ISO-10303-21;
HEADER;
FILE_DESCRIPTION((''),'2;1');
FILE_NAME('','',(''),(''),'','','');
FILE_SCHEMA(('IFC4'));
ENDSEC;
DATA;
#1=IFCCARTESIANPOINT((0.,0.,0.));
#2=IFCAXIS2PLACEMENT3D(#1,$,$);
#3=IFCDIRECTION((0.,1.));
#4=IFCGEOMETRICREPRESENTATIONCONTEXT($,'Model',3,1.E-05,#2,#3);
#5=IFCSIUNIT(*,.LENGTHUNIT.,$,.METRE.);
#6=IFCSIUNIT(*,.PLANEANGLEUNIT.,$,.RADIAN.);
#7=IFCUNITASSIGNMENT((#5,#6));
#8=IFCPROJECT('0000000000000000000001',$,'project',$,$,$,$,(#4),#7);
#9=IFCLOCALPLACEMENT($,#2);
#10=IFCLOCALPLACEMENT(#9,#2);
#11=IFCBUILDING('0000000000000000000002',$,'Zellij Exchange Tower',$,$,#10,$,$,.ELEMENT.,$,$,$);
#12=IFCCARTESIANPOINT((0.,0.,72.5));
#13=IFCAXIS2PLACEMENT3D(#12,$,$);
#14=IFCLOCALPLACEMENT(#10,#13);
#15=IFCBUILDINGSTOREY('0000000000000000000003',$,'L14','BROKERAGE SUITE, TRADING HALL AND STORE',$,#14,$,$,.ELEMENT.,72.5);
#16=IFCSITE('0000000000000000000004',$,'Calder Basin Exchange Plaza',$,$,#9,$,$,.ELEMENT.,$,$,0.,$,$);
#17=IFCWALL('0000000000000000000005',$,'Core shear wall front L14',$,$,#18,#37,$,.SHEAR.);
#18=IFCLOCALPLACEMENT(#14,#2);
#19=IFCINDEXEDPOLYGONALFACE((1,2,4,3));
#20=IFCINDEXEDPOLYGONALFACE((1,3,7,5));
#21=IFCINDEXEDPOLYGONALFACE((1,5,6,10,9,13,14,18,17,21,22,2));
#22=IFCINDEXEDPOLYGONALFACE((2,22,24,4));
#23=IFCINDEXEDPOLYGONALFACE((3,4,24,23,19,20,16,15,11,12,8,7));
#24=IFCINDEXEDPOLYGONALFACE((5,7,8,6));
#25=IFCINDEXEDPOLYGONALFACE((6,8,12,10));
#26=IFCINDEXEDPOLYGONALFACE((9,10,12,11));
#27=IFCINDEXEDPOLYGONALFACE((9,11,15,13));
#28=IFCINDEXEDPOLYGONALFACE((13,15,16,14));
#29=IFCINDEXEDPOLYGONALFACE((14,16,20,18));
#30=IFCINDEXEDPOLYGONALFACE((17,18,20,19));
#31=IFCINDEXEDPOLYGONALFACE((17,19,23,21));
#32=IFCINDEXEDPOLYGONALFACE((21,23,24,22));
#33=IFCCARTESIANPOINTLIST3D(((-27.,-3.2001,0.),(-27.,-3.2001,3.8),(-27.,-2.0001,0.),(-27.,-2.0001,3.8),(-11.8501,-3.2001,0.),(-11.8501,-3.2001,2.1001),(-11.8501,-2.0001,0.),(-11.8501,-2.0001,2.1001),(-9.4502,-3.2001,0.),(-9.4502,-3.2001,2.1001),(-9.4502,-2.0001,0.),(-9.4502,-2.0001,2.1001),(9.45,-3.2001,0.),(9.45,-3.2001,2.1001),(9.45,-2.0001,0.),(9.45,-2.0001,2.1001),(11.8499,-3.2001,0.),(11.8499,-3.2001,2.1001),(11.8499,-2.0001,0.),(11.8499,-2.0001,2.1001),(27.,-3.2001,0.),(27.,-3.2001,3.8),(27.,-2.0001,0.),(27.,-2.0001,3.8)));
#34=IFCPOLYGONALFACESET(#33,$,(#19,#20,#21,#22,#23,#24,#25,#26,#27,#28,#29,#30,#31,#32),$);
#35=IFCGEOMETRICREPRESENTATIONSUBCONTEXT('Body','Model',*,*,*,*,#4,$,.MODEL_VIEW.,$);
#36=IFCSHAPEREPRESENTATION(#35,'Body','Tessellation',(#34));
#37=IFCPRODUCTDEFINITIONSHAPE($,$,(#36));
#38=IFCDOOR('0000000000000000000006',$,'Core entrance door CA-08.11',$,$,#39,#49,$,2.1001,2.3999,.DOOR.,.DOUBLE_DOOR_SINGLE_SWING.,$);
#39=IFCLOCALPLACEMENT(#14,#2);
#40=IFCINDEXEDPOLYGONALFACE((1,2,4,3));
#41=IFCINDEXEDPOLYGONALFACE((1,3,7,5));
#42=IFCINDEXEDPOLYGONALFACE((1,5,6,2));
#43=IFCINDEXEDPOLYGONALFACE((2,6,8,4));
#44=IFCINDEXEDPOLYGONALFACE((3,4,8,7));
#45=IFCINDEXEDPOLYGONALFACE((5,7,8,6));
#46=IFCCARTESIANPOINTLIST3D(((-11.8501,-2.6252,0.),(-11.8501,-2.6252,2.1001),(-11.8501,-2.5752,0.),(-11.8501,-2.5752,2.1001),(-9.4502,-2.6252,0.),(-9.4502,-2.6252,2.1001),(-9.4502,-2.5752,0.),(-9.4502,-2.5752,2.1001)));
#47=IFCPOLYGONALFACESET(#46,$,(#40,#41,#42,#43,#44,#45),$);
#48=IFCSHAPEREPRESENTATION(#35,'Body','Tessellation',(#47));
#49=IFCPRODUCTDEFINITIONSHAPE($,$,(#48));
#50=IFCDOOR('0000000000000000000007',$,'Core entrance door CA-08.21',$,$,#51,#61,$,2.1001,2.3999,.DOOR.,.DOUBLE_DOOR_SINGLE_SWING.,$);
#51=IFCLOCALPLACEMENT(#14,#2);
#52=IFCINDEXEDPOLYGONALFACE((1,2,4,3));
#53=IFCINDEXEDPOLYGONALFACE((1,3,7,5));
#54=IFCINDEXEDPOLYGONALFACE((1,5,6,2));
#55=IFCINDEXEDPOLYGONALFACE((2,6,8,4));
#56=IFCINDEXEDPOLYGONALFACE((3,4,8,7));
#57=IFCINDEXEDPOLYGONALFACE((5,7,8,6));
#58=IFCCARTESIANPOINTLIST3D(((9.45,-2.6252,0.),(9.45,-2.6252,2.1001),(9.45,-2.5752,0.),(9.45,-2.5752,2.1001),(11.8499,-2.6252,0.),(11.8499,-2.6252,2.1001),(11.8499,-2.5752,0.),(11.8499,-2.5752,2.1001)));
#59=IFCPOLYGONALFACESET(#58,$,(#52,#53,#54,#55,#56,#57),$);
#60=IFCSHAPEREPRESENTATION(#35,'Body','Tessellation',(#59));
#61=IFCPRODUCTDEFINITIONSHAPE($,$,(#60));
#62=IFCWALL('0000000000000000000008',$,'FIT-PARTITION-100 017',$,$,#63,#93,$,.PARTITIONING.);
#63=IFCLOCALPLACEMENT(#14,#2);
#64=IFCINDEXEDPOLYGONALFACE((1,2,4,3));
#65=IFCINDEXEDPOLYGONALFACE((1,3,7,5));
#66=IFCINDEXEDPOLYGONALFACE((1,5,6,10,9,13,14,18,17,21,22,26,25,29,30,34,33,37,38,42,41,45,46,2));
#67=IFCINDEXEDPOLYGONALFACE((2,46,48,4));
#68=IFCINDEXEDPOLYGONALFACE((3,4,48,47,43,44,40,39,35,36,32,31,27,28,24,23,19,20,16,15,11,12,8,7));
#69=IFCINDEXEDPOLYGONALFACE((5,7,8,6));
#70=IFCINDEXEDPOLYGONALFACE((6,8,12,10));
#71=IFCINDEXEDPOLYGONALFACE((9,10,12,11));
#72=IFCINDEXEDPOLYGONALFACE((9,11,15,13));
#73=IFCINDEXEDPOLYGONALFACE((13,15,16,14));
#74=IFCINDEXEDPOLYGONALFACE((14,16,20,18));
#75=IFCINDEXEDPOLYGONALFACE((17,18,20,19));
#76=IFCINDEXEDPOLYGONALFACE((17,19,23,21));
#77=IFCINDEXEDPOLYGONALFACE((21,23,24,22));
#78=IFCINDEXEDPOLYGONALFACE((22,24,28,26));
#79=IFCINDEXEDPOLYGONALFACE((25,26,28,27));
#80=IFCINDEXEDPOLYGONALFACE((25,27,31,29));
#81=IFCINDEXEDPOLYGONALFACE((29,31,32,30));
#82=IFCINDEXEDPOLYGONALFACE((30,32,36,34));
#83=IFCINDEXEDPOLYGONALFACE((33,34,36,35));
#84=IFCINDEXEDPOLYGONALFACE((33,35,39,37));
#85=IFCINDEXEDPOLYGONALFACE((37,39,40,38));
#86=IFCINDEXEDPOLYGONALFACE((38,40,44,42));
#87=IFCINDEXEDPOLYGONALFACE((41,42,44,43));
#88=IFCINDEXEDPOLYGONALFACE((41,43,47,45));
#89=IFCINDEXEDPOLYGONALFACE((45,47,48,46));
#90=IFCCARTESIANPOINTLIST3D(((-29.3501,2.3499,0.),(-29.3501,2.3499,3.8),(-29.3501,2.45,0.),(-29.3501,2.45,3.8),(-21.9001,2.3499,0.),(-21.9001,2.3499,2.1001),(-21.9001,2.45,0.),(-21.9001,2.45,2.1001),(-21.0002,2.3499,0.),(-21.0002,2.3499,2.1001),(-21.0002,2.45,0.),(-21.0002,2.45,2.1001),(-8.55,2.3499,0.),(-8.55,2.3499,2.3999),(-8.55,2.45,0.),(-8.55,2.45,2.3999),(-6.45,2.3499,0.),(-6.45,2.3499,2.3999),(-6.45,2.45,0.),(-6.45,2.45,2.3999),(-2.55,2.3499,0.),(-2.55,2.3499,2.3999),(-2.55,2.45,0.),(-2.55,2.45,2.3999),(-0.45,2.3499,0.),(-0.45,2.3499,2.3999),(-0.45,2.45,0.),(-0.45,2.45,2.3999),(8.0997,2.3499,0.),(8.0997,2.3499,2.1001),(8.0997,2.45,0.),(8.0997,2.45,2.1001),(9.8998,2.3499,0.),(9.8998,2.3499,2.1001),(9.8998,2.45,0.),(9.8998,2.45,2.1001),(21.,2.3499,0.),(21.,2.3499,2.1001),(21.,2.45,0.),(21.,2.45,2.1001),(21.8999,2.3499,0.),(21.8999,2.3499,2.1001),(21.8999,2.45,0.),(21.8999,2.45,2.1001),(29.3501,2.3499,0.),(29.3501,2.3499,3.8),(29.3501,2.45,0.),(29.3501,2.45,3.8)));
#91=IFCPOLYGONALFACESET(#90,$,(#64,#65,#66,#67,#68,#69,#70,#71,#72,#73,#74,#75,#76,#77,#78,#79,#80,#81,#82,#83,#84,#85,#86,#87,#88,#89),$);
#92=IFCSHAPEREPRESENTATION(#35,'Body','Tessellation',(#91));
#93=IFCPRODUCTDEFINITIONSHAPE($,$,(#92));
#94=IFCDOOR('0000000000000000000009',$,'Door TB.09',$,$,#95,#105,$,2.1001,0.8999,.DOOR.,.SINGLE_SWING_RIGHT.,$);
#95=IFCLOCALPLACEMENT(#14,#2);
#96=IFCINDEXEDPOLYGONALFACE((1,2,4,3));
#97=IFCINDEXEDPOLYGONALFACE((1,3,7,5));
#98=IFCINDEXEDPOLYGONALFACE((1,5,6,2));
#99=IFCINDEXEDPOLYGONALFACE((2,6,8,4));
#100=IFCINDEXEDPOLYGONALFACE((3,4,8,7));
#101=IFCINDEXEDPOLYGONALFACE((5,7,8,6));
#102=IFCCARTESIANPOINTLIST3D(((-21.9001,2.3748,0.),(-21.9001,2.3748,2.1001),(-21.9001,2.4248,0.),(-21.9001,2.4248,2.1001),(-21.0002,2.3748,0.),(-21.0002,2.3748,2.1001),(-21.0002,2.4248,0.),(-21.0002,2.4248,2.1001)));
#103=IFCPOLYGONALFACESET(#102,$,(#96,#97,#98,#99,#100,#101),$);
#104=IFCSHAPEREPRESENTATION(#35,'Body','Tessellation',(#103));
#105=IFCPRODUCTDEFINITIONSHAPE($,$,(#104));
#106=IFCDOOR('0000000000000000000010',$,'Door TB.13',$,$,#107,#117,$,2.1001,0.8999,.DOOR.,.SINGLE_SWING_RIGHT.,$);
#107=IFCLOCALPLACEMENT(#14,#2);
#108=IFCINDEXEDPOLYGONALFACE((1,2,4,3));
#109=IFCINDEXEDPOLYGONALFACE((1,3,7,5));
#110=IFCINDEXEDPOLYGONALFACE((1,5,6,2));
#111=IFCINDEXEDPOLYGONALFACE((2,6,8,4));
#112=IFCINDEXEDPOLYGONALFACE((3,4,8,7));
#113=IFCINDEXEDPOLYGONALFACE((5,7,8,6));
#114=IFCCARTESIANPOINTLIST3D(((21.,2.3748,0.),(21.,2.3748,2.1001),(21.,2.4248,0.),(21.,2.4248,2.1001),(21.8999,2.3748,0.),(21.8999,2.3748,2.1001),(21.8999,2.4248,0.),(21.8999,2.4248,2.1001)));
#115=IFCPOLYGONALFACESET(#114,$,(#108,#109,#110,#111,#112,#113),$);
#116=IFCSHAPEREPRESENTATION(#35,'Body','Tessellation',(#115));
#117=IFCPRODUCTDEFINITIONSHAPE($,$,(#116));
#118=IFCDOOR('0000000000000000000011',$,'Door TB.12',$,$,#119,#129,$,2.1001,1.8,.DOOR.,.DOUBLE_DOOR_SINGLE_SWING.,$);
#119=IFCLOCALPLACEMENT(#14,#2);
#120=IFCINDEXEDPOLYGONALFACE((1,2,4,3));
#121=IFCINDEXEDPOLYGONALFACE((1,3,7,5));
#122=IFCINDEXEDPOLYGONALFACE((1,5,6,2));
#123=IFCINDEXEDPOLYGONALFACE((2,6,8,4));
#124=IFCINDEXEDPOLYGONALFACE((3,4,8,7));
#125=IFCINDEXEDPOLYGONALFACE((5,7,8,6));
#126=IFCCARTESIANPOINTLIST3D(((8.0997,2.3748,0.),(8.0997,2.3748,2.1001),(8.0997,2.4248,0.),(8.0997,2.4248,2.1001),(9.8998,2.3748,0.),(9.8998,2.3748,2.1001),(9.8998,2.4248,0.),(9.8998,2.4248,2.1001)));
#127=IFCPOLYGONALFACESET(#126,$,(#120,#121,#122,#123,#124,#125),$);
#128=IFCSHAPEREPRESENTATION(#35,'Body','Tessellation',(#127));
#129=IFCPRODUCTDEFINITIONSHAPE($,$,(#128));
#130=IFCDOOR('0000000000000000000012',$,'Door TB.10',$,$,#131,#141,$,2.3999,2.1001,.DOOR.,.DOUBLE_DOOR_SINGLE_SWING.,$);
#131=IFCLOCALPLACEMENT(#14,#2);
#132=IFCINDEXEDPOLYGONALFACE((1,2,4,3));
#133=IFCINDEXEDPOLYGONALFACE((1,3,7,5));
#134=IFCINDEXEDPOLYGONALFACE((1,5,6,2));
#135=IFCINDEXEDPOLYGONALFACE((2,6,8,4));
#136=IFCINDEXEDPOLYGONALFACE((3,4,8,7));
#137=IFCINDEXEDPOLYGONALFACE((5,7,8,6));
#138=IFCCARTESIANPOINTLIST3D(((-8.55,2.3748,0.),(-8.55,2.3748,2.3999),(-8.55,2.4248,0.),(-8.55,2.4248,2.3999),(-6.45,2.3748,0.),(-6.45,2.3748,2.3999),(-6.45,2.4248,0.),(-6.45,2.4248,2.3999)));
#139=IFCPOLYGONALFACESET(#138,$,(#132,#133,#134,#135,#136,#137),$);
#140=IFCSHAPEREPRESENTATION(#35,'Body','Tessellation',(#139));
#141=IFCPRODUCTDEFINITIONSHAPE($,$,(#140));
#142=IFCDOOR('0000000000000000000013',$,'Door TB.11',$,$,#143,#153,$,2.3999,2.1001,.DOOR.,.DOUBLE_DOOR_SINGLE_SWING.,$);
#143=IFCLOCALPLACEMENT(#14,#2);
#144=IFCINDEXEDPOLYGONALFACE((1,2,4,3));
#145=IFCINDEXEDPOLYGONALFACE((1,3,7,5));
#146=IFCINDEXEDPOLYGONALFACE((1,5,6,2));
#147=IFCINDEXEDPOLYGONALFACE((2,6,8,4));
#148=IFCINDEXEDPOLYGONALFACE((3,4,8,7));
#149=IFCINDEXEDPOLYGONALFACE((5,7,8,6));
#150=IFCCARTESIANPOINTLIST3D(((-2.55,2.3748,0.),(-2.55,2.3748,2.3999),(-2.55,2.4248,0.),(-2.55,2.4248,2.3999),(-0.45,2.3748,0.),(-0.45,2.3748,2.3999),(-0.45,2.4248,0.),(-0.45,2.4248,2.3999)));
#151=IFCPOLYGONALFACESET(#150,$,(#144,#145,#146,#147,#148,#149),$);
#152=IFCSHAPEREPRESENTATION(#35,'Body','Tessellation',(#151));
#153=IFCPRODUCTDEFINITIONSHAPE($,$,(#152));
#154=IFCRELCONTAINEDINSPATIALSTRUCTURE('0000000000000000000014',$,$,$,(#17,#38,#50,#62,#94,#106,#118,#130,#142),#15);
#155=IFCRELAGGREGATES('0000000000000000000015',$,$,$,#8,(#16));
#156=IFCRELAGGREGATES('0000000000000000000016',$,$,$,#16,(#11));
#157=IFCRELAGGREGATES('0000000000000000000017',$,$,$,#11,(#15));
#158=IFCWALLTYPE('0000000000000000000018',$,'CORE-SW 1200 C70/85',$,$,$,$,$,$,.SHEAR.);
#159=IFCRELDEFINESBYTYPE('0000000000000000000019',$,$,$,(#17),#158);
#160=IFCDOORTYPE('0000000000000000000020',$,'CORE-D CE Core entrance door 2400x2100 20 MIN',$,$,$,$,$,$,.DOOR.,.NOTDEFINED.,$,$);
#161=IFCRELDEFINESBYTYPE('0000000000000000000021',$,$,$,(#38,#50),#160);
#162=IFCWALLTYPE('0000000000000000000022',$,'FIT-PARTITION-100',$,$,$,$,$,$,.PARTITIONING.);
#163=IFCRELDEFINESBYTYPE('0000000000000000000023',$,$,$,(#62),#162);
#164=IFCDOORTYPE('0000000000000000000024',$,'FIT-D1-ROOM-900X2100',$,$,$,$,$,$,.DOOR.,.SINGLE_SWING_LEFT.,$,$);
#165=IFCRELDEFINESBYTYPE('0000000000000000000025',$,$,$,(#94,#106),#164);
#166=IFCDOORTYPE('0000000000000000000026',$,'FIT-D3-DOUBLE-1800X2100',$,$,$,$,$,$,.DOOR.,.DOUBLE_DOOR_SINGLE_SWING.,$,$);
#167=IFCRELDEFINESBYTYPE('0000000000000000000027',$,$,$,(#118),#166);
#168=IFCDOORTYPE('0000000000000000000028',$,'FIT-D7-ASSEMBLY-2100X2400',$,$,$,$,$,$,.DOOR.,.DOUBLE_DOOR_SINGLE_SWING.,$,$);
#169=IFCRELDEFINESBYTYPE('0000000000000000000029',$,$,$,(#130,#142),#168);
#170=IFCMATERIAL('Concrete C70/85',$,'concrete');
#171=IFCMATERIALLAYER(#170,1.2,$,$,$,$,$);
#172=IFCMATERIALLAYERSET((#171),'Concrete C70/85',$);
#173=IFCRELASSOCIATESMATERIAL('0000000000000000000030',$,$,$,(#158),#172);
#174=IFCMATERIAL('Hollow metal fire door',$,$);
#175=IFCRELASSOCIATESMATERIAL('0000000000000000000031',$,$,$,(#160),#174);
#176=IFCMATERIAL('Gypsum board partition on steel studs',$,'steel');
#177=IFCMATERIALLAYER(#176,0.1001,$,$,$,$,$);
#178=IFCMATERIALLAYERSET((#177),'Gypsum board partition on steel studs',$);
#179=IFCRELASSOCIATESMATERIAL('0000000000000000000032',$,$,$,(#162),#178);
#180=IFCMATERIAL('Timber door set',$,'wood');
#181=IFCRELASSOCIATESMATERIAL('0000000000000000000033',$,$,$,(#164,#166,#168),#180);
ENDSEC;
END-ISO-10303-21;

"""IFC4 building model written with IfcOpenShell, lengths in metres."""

from ifc_helpers import new_model, si_unit, direction, frame, frame_2d, origin, place, context, subcontext, project, spatial, rectangle, extrude, material, layer, layer_set, type_object, element, fill, save


model = new_model("IFC4")

# Units and contexts
model_context = context("Model", 3, precision=1e-05, world=origin(), true_north=direction((0.0, 1.0)))
body_context = subcontext(model_context, "Body", "Model", "MODEL_VIEW")
ifc_project = project(units=[si_unit("LENGTHUNIT", "METRE"), si_unit("PLANEANGLEUNIT", "RADIAN")], contexts=[model_context])

# Site, building, storey
site_placement = place(None, origin())
site = spatial("IfcSite", under=ifc_project, at=site_placement, Name="Calder Basin Exchange Plaza", CompositionType="ELEMENT", RefElevation=0.0)
building_placement = place(site_placement, origin())
building = spatial("IfcBuilding", under=site, at=building_placement, Name="Zellij Exchange Tower", CompositionType="ELEMENT")
storey_placement = place(building_placement, frame((0.0, 0.0, 72.5)))
storey = spatial("IfcBuildingStorey", under=building, at=storey_placement, Name="L14", Description="BROKERAGE SUITE, TRADING HALL AND STORE", CompositionType="ELEMENT", Elevation=72.5)

# Shared definitions
ifc_material_1 = material(Name="Concrete C70/85", Category="concrete")

# Walls, openings, doors
ifc_material_2 = material(Name="Hollow metal fire door")
ifc_layer_1 = layer(ifc_material_1, 1.2)
ifc_layer_set_1 = layer_set([ifc_layer_1], Name="Concrete C70/85")
wall_type_1 = type_object("IfcWallType", Name="CORE-SW 1200 C70/85", PredefinedType="SHEAR", material=ifc_layer_set_1)
wall_1_placement = place(storey_placement, frame((-27.0, -2.6001, 0.0), z_axis=(0.0, 0.0, 1.0), x_axis=(1.0, 0.0, 0.0)))
wall_1 = element("IfcWall", 1, at=wall_1_placement, inside=storey, type_object=wall_type_1, Name="Core shear wall front L14", PredefinedType="SHEAR", context=body_context, shape_type="SweptSolid", body=[
    extrude(rectangle(XDim=54.0, YDim=1.2, at=frame_2d((27.0, 0.0))), origin(), (0.0, 0.0, 1.0), 3.8),
])
opening_1_placement = place(wall_1_placement, frame((15.1499, 0.0, 0.0)))
opening_1 = element("IfcOpeningElement", 2, at=opening_1_placement, cuts=wall_1, PredefinedType="OPENING", context=body_context, shape_type="SweptSolid", body=[
    extrude(rectangle(XDim=2.3999, YDim=2.1001, at=frame_2d((1.2, 1.05))), frame((0.0, 0.6118, 0.0), z_axis=(0.0, -1.0, 0.0), x_axis=(1.0, 0.0, 0.0)), (0.0, 0.0, 1.0), 1.2239),
])
opening_2_placement = place(wall_1_placement, frame((36.45, 0.0, 0.0)))
opening_2 = element("IfcOpeningElement", 3, at=opening_2_placement, cuts=wall_1, PredefinedType="OPENING", context=body_context, shape_type="SweptSolid", body=[
    extrude(rectangle(XDim=2.3999, YDim=2.1001, at=frame_2d((1.2, 1.05))), frame((0.0, 0.6118, 0.0), z_axis=(0.0, -1.0, 0.0), x_axis=(1.0, 0.0, 0.0)), (0.0, 0.0, 1.0), 1.2239),
])
door_type_1 = type_object("IfcDoorType", Name="CORE-D CE Core entrance door 2400x2100 20 MIN", OperationType="NOTDEFINED", PredefinedType="DOOR", material=ifc_material_2)
door_1_placement = place(opening_1_placement, origin())
door_1 = element("IfcDoor", 4, at=door_1_placement, inside=storey, type_object=door_type_1, Name="Core entrance door CA-08.11", OperationType="DOUBLE_DOOR_SINGLE_SWING", OverallHeight=2.1001, OverallWidth=2.3999, PredefinedType="DOOR", context=body_context, shape_type="SweptSolid", body=[
    extrude(rectangle(XDim=2.3999, YDim=2.1001, at=frame_2d((1.2, 1.05))), frame((0.0, 0.0249, 0.0), z_axis=(0.0, -1.0, 0.0), x_axis=(1.0, 0.0, 0.0)), (0.0, 0.0, 1.0), 0.05),
])
fill(opening_1, door_1)
door_2_placement = place(opening_2_placement, origin())
door_2 = element("IfcDoor", 5, at=door_2_placement, inside=storey, type_object=door_type_1, Name="Core entrance door CA-08.21", OperationType="DOUBLE_DOOR_SINGLE_SWING", OverallHeight=2.1001, OverallWidth=2.3999, PredefinedType="DOOR", context=body_context, shape_type="SweptSolid", body=[
    extrude(rectangle(XDim=2.3999, YDim=2.1001, at=frame_2d((1.2, 1.05))), frame((0.0, 0.0249, 0.0), z_axis=(0.0, -1.0, 0.0), x_axis=(1.0, 0.0, 0.0)), (0.0, 0.0, 1.0), 0.05),
])
fill(opening_2, door_2)
ifc_material_3 = material(Name="Gypsum board partition on steel studs", Category="steel")
ifc_layer_2 = layer(ifc_material_3, 0.1001)
ifc_layer_set_2 = layer_set([ifc_layer_2], Name="Gypsum board partition on steel studs")
wall_type_2 = type_object("IfcWallType", Name="FIT-PARTITION-100", PredefinedType="PARTITIONING", material=ifc_layer_set_2)
wall_2_placement = place(storey_placement, frame((-29.3501, 2.3999, 0.0), z_axis=(0.0, 0.0, 1.0), x_axis=(1.0, 0.0, 0.0)))
wall_2 = element("IfcWall", 6, at=wall_2_placement, inside=storey, type_object=wall_type_2, Name="FIT-PARTITION-100 017", PredefinedType="PARTITIONING", context=body_context, shape_type="SweptSolid", body=[
    extrude(rectangle(XDim=58.7002, YDim=0.1001, at=frame_2d((29.3501, 0.0))), origin(), (0.0, 0.0, 1.0), 3.8),
])
opening_3_placement = place(wall_2_placement, frame((7.45, 0.0, 0.0)))
opening_3 = element("IfcOpeningElement", 7, at=opening_3_placement, cuts=wall_2, PredefinedType="OPENING", context=body_context, shape_type="SweptSolid", body=[
    extrude(rectangle(XDim=0.8999, YDim=2.1001, at=frame_2d((0.45, 1.05))), frame((0.0, 0.062, 0.0), z_axis=(0.0, -1.0, 0.0), x_axis=(1.0, 0.0, 0.0)), (0.0, 0.0, 1.0), 0.124),
])
opening_4_placement = place(wall_2_placement, frame((20.8, 0.0, 0.0)))
opening_4 = element("IfcOpeningElement", 8, at=opening_4_placement, cuts=wall_2, PredefinedType="OPENING", context=body_context, shape_type="SweptSolid", body=[
    extrude(rectangle(XDim=2.1001, YDim=2.3999, at=frame_2d((1.05, 1.2))), frame((0.0, 0.062, 0.0), z_axis=(0.0, -1.0, 0.0), x_axis=(1.0, 0.0, 0.0)), (0.0, 0.0, 1.0), 0.124),
])
opening_5_placement = place(wall_2_placement, frame((26.8, 0.0, 0.0)))
opening_5 = element("IfcOpeningElement", 9, at=opening_5_placement, cuts=wall_2, PredefinedType="OPENING", context=body_context, shape_type="SweptSolid", body=[
    extrude(rectangle(XDim=2.1001, YDim=2.3999, at=frame_2d((1.05, 1.2))), frame((0.0, 0.062, 0.0), z_axis=(0.0, -1.0, 0.0), x_axis=(1.0, 0.0, 0.0)), (0.0, 0.0, 1.0), 0.124),
])
opening_6_placement = place(wall_2_placement, frame((37.45, 0.0, 0.0)))
opening_6 = element("IfcOpeningElement", 10, at=opening_6_placement, cuts=wall_2, PredefinedType="OPENING", context=body_context, shape_type="SweptSolid", body=[
    extrude(rectangle(XDim=1.8, YDim=2.1001, at=frame_2d((0.8999, 1.05))), frame((0.0, 0.062, 0.0), z_axis=(0.0, -1.0, 0.0), x_axis=(1.0, 0.0, 0.0)), (0.0, 0.0, 1.0), 0.124),
])
opening_7_placement = place(wall_2_placement, frame((50.3501, 0.0, 0.0)))
opening_7 = element("IfcOpeningElement", 11, at=opening_7_placement, cuts=wall_2, PredefinedType="OPENING", context=body_context, shape_type="SweptSolid", body=[
    extrude(rectangle(XDim=0.8999, YDim=2.1001, at=frame_2d((0.45, 1.05))), frame((0.0, 0.062, 0.0), z_axis=(0.0, -1.0, 0.0), x_axis=(1.0, 0.0, 0.0)), (0.0, 0.0, 1.0), 0.124),
])
ifc_material_4 = material(Name="Timber door set", Category="wood")
door_type_2 = type_object("IfcDoorType", Name="FIT-D1-ROOM-900X2100", OperationType="SINGLE_SWING_LEFT", PredefinedType="DOOR", material=ifc_material_4)
door_3_placement = place(opening_3_placement, origin())
door_3 = element("IfcDoor", 12, at=door_3_placement, inside=storey, type_object=door_type_2, Name="Door TB.09", OperationType="SINGLE_SWING_RIGHT", OverallHeight=2.1001, OverallWidth=0.8999, PredefinedType="DOOR", context=body_context, shape_type="SweptSolid", body=[
    extrude(rectangle(XDim=0.8999, YDim=2.1001, at=frame_2d((0.45, 1.05))), frame((0.0, 0.0249, 0.0), z_axis=(0.0, -1.0, 0.0), x_axis=(1.0, 0.0, 0.0)), (0.0, 0.0, 1.0), 0.05),
])
fill(opening_3, door_3)
door_4_placement = place(opening_7_placement, origin())
door_4 = element("IfcDoor", 13, at=door_4_placement, inside=storey, type_object=door_type_2, Name="Door TB.13", OperationType="SINGLE_SWING_RIGHT", OverallHeight=2.1001, OverallWidth=0.8999, PredefinedType="DOOR", context=body_context, shape_type="SweptSolid", body=[
    extrude(rectangle(XDim=0.8999, YDim=2.1001, at=frame_2d((0.45, 1.05))), frame((0.0, 0.0249, 0.0), z_axis=(0.0, -1.0, 0.0), x_axis=(1.0, 0.0, 0.0)), (0.0, 0.0, 1.0), 0.05),
])
fill(opening_7, door_4)
door_type_3 = type_object("IfcDoorType", Name="FIT-D3-DOUBLE-1800X2100", OperationType="DOUBLE_DOOR_SINGLE_SWING", PredefinedType="DOOR", material=ifc_material_4)
door_5_placement = place(opening_6_placement, origin())
door_5 = element("IfcDoor", 14, at=door_5_placement, inside=storey, type_object=door_type_3, Name="Door TB.12", OperationType="DOUBLE_DOOR_SINGLE_SWING", OverallHeight=2.1001, OverallWidth=1.8, PredefinedType="DOOR", context=body_context, shape_type="SweptSolid", body=[
    extrude(rectangle(XDim=1.8, YDim=2.1001, at=frame_2d((0.8999, 1.05))), frame((0.0, 0.0249, 0.0), z_axis=(0.0, -1.0, 0.0), x_axis=(1.0, 0.0, 0.0)), (0.0, 0.0, 1.0), 0.05),
])
fill(opening_6, door_5)
door_type_4 = type_object("IfcDoorType", Name="FIT-D7-ASSEMBLY-2100X2400", OperationType="DOUBLE_DOOR_SINGLE_SWING", PredefinedType="DOOR", material=ifc_material_4)
door_6_placement = place(opening_4_placement, origin())
door_6 = element("IfcDoor", 15, at=door_6_placement, inside=storey, type_object=door_type_4, Name="Door TB.10", OperationType="DOUBLE_DOOR_SINGLE_SWING", OverallHeight=2.3999, OverallWidth=2.1001, PredefinedType="DOOR", context=body_context, shape_type="SweptSolid", body=[
    extrude(rectangle(XDim=2.1001, YDim=2.3999, at=frame_2d((1.05, 1.2))), frame((0.0, 0.0249, 0.0), z_axis=(0.0, -1.0, 0.0), x_axis=(1.0, 0.0, 0.0)), (0.0, 0.0, 1.0), 0.05),
])
fill(opening_4, door_6)
door_7_placement = place(opening_5_placement, origin())
door_7 = element("IfcDoor", 16, at=door_7_placement, inside=storey, type_object=door_type_4, Name="Door TB.11", OperationType="DOUBLE_DOOR_SINGLE_SWING", OverallHeight=2.3999, OverallWidth=2.1001, PredefinedType="DOOR", context=body_context, shape_type="SweptSolid", body=[
    extrude(rectangle(XDim=2.1001, YDim=2.3999, at=frame_2d((1.05, 1.2))), frame((0.0, 0.0249, 0.0), z_axis=(0.0, -1.0, 0.0), x_axis=(1.0, 0.0, 0.0)), (0.0, 0.0, 1.0), 0.05),
])
fill(opening_5, door_7)

save(model, "model.ifc")
